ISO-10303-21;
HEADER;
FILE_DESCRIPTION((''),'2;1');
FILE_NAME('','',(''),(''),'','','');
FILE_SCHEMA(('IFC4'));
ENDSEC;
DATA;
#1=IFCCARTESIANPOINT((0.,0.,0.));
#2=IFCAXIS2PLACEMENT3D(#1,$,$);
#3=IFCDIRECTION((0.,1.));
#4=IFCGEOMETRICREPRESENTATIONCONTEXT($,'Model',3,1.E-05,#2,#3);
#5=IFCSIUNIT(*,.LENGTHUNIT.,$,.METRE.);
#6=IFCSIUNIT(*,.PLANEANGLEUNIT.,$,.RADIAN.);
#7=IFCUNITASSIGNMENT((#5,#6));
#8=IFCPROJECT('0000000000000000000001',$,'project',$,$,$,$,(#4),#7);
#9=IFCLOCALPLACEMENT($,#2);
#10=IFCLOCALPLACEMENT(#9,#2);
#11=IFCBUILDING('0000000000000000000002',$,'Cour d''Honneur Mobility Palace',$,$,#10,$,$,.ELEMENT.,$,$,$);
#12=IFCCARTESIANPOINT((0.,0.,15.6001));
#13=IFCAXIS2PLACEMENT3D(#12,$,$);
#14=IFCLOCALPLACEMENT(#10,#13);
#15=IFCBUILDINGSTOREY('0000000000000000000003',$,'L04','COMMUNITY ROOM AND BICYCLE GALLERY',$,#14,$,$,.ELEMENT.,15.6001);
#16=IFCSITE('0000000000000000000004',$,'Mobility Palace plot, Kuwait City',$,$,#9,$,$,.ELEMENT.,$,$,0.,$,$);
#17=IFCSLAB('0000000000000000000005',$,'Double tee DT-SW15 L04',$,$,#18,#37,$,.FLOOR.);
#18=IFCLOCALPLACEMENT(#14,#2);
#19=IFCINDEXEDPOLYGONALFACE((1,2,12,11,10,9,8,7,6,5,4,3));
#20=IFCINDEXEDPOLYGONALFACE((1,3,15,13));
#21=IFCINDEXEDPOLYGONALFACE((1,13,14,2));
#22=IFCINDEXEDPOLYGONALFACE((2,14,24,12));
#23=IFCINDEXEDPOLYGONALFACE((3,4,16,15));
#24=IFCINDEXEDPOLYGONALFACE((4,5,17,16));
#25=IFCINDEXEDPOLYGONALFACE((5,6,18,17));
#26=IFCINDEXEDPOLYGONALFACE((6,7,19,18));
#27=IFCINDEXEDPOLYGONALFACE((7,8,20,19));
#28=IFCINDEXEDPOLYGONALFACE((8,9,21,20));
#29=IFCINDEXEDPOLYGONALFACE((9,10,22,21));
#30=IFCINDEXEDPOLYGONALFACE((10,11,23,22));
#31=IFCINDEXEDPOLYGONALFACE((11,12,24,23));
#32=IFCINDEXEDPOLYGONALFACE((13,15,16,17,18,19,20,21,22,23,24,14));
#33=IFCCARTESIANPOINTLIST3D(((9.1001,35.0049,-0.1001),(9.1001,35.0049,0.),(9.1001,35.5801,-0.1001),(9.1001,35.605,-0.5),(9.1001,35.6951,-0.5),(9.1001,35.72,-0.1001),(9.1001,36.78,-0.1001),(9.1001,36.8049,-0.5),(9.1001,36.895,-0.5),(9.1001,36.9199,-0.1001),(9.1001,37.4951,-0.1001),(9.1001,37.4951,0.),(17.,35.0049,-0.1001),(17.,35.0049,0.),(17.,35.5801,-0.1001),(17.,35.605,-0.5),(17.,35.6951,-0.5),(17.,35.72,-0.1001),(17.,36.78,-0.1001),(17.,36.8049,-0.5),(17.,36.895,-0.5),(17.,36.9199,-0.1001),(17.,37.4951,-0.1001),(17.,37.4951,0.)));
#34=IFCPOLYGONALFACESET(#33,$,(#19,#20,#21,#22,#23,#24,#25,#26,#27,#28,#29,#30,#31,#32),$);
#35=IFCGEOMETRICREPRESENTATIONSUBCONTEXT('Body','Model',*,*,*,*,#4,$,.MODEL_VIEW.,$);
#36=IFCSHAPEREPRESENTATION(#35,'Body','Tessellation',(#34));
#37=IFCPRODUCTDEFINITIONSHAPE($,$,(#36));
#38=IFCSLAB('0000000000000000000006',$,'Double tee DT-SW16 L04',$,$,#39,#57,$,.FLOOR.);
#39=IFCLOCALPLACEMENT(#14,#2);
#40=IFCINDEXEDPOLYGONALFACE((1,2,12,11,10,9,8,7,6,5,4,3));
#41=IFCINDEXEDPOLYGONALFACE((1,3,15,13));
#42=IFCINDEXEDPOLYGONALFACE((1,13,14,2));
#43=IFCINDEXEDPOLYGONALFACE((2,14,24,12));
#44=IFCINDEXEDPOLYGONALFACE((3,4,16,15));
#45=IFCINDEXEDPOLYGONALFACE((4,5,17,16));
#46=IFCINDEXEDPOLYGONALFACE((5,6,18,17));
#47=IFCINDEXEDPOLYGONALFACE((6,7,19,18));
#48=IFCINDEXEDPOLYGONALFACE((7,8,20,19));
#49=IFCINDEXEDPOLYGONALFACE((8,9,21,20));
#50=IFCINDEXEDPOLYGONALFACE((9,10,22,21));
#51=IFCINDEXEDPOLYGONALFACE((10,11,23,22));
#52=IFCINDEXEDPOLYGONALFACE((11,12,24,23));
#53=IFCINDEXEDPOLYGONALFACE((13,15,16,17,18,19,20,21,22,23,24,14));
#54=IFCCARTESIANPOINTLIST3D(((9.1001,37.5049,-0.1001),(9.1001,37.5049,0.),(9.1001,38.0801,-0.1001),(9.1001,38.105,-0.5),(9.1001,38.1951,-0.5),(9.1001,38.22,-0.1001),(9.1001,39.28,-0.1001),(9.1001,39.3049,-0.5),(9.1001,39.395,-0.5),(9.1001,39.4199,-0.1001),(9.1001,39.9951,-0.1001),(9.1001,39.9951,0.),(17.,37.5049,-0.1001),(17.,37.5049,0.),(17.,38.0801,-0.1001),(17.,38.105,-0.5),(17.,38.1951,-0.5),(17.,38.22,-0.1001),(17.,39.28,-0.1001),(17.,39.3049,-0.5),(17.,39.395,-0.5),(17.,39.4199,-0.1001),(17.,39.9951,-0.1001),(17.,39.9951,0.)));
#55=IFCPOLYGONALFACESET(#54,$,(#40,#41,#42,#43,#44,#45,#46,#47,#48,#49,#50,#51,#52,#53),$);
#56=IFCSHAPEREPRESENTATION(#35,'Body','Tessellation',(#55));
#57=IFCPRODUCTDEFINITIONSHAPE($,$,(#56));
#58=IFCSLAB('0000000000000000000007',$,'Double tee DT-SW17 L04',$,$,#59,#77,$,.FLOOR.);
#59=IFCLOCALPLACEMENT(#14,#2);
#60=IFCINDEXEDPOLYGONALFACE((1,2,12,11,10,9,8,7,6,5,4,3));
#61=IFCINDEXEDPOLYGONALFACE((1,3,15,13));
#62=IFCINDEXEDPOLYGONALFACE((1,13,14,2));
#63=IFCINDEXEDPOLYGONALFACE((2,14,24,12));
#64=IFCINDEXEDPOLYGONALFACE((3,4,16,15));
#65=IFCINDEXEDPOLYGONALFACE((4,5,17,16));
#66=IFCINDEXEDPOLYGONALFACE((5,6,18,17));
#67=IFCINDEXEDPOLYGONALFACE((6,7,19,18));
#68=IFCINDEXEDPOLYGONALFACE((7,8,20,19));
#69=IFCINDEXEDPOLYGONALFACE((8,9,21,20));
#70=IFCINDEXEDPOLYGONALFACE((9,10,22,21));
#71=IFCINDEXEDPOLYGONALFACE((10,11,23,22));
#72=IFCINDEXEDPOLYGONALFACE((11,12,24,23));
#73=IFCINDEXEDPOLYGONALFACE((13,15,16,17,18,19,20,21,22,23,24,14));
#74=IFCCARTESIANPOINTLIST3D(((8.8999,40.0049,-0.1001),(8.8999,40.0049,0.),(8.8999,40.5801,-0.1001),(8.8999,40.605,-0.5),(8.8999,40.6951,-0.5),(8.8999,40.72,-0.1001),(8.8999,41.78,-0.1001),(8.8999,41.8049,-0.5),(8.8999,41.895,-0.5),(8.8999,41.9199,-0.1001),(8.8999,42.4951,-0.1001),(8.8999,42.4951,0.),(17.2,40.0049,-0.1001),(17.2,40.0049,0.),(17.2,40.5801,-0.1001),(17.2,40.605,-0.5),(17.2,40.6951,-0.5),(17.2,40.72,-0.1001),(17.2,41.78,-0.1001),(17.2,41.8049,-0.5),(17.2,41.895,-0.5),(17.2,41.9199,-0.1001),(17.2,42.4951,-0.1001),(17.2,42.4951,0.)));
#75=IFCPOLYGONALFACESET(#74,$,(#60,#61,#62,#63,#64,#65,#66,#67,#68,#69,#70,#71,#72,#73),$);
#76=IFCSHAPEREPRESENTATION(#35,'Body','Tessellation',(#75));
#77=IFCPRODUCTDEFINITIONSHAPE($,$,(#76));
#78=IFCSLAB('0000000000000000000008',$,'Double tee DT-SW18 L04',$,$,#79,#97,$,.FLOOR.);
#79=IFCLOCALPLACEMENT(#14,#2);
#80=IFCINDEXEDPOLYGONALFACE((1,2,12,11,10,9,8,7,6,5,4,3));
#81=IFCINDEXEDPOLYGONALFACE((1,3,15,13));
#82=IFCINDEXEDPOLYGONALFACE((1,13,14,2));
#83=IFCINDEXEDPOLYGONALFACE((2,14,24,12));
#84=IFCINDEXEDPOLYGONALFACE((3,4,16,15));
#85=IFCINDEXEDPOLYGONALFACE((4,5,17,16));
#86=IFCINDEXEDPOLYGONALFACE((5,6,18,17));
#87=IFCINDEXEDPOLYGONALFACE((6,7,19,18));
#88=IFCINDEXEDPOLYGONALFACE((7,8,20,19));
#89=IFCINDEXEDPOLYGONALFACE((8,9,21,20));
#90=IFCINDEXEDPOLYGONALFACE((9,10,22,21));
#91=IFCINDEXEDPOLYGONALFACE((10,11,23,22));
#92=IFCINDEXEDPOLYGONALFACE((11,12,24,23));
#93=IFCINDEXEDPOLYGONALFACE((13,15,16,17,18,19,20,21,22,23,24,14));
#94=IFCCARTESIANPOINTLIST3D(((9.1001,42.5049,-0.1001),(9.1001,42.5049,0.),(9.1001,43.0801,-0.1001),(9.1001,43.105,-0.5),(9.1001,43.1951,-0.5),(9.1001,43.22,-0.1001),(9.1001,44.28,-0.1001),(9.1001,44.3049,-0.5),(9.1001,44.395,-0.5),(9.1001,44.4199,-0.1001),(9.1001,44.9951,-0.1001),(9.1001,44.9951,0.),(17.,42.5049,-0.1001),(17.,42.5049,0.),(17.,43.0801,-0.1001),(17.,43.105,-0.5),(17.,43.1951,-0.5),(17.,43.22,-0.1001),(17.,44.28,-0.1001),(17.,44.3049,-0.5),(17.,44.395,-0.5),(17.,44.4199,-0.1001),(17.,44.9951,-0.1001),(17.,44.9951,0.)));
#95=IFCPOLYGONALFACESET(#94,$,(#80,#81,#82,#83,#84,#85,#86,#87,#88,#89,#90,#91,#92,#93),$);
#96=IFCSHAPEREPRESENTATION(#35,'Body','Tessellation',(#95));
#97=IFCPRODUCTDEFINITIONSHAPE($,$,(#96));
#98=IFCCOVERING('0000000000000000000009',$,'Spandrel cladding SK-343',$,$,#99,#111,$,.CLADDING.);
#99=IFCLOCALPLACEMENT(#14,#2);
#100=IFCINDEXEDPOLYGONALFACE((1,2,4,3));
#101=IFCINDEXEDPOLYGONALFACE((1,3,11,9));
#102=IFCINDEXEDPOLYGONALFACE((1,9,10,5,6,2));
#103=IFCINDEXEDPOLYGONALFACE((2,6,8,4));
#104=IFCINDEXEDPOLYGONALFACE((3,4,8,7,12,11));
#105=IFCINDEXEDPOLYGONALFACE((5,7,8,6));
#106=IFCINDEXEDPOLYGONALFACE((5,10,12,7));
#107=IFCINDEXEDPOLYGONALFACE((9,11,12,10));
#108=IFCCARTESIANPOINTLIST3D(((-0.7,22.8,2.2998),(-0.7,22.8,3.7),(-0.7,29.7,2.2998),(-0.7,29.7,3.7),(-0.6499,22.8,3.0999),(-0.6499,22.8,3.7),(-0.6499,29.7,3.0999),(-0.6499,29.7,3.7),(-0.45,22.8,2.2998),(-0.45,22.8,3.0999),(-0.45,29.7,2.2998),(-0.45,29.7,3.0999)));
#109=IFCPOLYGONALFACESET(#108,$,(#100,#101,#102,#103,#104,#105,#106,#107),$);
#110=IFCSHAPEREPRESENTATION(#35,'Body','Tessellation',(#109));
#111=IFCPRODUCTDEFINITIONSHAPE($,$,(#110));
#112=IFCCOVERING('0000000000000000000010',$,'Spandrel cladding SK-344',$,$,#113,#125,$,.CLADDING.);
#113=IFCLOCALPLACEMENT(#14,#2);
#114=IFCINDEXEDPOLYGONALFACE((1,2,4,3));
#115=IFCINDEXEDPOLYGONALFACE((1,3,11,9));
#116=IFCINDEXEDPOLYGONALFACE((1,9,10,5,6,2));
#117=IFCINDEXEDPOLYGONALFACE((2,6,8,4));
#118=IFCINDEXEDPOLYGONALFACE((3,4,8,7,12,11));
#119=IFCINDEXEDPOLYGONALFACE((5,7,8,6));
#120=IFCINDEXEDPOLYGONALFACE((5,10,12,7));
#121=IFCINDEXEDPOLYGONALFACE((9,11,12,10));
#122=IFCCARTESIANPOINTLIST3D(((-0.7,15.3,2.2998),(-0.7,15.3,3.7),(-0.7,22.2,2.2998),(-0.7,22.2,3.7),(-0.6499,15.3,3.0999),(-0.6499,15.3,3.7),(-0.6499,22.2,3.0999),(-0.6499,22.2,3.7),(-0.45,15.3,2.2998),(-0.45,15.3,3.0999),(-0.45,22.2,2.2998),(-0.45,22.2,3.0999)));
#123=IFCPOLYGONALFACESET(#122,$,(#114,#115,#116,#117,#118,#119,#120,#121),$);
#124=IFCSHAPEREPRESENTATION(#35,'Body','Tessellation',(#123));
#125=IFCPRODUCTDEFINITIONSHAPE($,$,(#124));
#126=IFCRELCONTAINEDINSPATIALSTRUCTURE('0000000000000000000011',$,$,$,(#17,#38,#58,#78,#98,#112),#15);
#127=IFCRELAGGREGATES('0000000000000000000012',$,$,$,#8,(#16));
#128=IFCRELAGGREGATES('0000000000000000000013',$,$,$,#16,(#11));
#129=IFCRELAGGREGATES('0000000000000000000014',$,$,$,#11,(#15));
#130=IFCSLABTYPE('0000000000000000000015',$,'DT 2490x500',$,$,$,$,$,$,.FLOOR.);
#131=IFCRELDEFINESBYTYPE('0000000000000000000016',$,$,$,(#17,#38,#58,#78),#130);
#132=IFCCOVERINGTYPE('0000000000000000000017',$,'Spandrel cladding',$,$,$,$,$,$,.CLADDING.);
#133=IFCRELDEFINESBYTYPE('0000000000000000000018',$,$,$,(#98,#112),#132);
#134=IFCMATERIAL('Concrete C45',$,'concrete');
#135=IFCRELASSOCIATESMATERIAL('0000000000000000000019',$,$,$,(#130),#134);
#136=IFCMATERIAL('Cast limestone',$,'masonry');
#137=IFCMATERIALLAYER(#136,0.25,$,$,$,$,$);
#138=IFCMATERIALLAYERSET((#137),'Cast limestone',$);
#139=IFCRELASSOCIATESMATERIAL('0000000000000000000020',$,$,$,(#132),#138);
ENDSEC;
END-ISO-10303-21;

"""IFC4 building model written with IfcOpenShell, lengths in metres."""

from ifc_helpers import new_model, si_unit, direction, frame, origin, place, context, subcontext, project, spatial, polyline, outline, extrude, material, layer, layer_set, material_profile, profile_set, type_object, element, save


model = new_model("IFC4")

# Units and contexts
model_context = context("Model", 3, precision=1e-05, world=origin(), true_north=direction((0.0, 1.0)))
body_context = subcontext(model_context, "Body", "Model", "MODEL_VIEW")
ifc_project = project(units=[si_unit("LENGTHUNIT", "METRE"), si_unit("PLANEANGLEUNIT", "RADIAN")], contexts=[model_context])

# Site, building, storey
site_placement = place(None, origin())
site = spatial("IfcSite", under=ifc_project, at=site_placement, Name="Mobility Palace plot, Kuwait City", CompositionType="ELEMENT", RefElevation=0.0)
building_placement = place(site_placement, origin())
building = spatial("IfcBuilding", under=site, at=building_placement, Name="Cour d'Honneur Mobility Palace", CompositionType="ELEMENT")
storey_placement = place(building_placement, frame((0.0, 0.0, 15.6001)))
storey = spatial("IfcBuildingStorey", under=building, at=storey_placement, Name="L04", Description="COMMUNITY ROOM AND BICYCLE GALLERY", CompositionType="ELEMENT", Elevation=15.6001)

# Slabs
ifc_material_1 = material(Name="Concrete C45", Category="concrete")
ifc_material_profile_1 = material_profile(ifc_material_1, outline(polyline([(-1.2451, 0.0), (1.2451, 0.0), (1.2451, -0.1001), (0.6699, -0.1001), (0.645, -0.5), (0.5549, -0.5), (0.53, -0.1001), (-0.53, -0.1001), (-0.5549, -0.5), (-0.645, -0.5), (-0.6699, -0.1001), (-1.2451, -0.1001), (-1.2451, 0.0)])), Name="DT 2490x500")
ifc_profile_set_1 = profile_set([ifc_material_profile_1], Name="Concrete C45")
slab_type = type_object("IfcSlabType", Name="DT 2490x500", PredefinedType="FLOOR", material=ifc_profile_set_1)
for number, where, z_axis, x_axis, name in (
    (1, (9.1001, 36.25, 0.0), (1.0, 0.0, 0.0), (0.0, 1.0, 0.0), "Double tee DT-SW15 L04"),
    (2, (9.1001, 38.75, 0.0), (1.0, 0.0, 0.0), (0.0, 1.0, 0.0), "Double tee DT-SW16 L04"),
):
    element("IfcSlab", number, at=place(storey_placement, frame(where, z_axis=z_axis, x_axis=x_axis)), inside=storey, type_object=slab_type, Name=name, PredefinedType="FLOOR", context=body_context, shape_type="SweptSolid", body=[
        extrude(outline(polyline([(-1.2451, 0.0), (1.2451, 0.0), (1.2451, -0.1001), (0.6699, -0.1001), (0.645, -0.5), (0.5549, -0.5), (0.53, -0.1001), (-0.53, -0.1001), (-0.5549, -0.5), (-0.645, -0.5), (-0.6699, -0.1001), (-1.2451, -0.1001), (-1.2451, 0.0)])), origin(), (0.0, 0.0, 1.0), 7.8999),
    ])
slab_1_placement = place(storey_placement, frame((8.8999, 41.25, 0.0), z_axis=(1.0, 0.0, 0.0), x_axis=(0.0, 1.0, 0.0)))
element("IfcSlab", 3, at=slab_1_placement, inside=storey, type_object=slab_type, Name="Double tee DT-SW17 L04", PredefinedType="FLOOR", context=body_context, shape_type="SweptSolid", body=[
    extrude(outline(polyline([(-1.2451, 0.0), (1.2451, 0.0), (1.2451, -0.1001), (0.6699, -0.1001), (0.645, -0.5), (0.5549, -0.5), (0.53, -0.1001), (-0.53, -0.1001), (-0.5549, -0.5), (-0.645, -0.5), (-0.6699, -0.1001), (-1.2451, -0.1001), (-1.2451, 0.0)])), origin(), (0.0, 0.0, 1.0), 8.3),
])
slab_2_placement = place(storey_placement, frame((9.1001, 43.75, 0.0), z_axis=(1.0, 0.0, 0.0), x_axis=(0.0, 1.0, 0.0)))
element("IfcSlab", 4, at=slab_2_placement, inside=storey, type_object=slab_type, Name="Double tee DT-SW18 L04", PredefinedType="FLOOR", context=body_context, shape_type="SweptSolid", body=[
    extrude(outline(polyline([(-1.2451, 0.0), (1.2451, 0.0), (1.2451, -0.1001), (0.6699, -0.1001), (0.645, -0.5), (0.5549, -0.5), (0.53, -0.1001), (-0.53, -0.1001), (-0.5549, -0.5), (-0.645, -0.5), (-0.6699, -0.1001), (-1.2451, -0.1001), (-1.2451, 0.0)])), origin(), (0.0, 0.0, 1.0), 7.8999),
])

# Coverings
ifc_material_2 = material(Name="Cast limestone", Category="masonry")
ifc_layer = layer(ifc_material_2, 0.25)
ifc_layer_set = layer_set([ifc_layer], Name="Cast limestone")
covering_type = type_object("IfcCoveringType", Name="Spandrel cladding", PredefinedType="CLADDING", material=ifc_layer_set)
for number, where, z_axis, x_axis, name in (
    (5, (-0.45, 29.7, 2.2998), (0.0, 1.0, 0.0), (-1.0, 0.0, 0.0), "Spandrel cladding SK-343"),
    (6, (-0.45, 22.2, 2.2998), (0.0, 1.0, 0.0), (-1.0, 0.0, 0.0), "Spandrel cladding SK-344"),
):
    element("IfcCovering", number, at=place(storey_placement, frame(where, z_axis=z_axis, x_axis=x_axis)), inside=storey, type_object=covering_type, Name=name, PredefinedType="CLADDING", context=body_context, shape_type="SweptSolid", body=[
        extrude(outline(polyline([(0.0, 0.0), (0.25, 0.0), (0.25, 1.4001), (0.2, 1.4001), (0.2, 0.8), (0.0, 0.8), (0.0, 0.0)])), origin(), (0.0, 0.0, -1.0), 6.8999),
    ])

save(model, "model.ifc")
